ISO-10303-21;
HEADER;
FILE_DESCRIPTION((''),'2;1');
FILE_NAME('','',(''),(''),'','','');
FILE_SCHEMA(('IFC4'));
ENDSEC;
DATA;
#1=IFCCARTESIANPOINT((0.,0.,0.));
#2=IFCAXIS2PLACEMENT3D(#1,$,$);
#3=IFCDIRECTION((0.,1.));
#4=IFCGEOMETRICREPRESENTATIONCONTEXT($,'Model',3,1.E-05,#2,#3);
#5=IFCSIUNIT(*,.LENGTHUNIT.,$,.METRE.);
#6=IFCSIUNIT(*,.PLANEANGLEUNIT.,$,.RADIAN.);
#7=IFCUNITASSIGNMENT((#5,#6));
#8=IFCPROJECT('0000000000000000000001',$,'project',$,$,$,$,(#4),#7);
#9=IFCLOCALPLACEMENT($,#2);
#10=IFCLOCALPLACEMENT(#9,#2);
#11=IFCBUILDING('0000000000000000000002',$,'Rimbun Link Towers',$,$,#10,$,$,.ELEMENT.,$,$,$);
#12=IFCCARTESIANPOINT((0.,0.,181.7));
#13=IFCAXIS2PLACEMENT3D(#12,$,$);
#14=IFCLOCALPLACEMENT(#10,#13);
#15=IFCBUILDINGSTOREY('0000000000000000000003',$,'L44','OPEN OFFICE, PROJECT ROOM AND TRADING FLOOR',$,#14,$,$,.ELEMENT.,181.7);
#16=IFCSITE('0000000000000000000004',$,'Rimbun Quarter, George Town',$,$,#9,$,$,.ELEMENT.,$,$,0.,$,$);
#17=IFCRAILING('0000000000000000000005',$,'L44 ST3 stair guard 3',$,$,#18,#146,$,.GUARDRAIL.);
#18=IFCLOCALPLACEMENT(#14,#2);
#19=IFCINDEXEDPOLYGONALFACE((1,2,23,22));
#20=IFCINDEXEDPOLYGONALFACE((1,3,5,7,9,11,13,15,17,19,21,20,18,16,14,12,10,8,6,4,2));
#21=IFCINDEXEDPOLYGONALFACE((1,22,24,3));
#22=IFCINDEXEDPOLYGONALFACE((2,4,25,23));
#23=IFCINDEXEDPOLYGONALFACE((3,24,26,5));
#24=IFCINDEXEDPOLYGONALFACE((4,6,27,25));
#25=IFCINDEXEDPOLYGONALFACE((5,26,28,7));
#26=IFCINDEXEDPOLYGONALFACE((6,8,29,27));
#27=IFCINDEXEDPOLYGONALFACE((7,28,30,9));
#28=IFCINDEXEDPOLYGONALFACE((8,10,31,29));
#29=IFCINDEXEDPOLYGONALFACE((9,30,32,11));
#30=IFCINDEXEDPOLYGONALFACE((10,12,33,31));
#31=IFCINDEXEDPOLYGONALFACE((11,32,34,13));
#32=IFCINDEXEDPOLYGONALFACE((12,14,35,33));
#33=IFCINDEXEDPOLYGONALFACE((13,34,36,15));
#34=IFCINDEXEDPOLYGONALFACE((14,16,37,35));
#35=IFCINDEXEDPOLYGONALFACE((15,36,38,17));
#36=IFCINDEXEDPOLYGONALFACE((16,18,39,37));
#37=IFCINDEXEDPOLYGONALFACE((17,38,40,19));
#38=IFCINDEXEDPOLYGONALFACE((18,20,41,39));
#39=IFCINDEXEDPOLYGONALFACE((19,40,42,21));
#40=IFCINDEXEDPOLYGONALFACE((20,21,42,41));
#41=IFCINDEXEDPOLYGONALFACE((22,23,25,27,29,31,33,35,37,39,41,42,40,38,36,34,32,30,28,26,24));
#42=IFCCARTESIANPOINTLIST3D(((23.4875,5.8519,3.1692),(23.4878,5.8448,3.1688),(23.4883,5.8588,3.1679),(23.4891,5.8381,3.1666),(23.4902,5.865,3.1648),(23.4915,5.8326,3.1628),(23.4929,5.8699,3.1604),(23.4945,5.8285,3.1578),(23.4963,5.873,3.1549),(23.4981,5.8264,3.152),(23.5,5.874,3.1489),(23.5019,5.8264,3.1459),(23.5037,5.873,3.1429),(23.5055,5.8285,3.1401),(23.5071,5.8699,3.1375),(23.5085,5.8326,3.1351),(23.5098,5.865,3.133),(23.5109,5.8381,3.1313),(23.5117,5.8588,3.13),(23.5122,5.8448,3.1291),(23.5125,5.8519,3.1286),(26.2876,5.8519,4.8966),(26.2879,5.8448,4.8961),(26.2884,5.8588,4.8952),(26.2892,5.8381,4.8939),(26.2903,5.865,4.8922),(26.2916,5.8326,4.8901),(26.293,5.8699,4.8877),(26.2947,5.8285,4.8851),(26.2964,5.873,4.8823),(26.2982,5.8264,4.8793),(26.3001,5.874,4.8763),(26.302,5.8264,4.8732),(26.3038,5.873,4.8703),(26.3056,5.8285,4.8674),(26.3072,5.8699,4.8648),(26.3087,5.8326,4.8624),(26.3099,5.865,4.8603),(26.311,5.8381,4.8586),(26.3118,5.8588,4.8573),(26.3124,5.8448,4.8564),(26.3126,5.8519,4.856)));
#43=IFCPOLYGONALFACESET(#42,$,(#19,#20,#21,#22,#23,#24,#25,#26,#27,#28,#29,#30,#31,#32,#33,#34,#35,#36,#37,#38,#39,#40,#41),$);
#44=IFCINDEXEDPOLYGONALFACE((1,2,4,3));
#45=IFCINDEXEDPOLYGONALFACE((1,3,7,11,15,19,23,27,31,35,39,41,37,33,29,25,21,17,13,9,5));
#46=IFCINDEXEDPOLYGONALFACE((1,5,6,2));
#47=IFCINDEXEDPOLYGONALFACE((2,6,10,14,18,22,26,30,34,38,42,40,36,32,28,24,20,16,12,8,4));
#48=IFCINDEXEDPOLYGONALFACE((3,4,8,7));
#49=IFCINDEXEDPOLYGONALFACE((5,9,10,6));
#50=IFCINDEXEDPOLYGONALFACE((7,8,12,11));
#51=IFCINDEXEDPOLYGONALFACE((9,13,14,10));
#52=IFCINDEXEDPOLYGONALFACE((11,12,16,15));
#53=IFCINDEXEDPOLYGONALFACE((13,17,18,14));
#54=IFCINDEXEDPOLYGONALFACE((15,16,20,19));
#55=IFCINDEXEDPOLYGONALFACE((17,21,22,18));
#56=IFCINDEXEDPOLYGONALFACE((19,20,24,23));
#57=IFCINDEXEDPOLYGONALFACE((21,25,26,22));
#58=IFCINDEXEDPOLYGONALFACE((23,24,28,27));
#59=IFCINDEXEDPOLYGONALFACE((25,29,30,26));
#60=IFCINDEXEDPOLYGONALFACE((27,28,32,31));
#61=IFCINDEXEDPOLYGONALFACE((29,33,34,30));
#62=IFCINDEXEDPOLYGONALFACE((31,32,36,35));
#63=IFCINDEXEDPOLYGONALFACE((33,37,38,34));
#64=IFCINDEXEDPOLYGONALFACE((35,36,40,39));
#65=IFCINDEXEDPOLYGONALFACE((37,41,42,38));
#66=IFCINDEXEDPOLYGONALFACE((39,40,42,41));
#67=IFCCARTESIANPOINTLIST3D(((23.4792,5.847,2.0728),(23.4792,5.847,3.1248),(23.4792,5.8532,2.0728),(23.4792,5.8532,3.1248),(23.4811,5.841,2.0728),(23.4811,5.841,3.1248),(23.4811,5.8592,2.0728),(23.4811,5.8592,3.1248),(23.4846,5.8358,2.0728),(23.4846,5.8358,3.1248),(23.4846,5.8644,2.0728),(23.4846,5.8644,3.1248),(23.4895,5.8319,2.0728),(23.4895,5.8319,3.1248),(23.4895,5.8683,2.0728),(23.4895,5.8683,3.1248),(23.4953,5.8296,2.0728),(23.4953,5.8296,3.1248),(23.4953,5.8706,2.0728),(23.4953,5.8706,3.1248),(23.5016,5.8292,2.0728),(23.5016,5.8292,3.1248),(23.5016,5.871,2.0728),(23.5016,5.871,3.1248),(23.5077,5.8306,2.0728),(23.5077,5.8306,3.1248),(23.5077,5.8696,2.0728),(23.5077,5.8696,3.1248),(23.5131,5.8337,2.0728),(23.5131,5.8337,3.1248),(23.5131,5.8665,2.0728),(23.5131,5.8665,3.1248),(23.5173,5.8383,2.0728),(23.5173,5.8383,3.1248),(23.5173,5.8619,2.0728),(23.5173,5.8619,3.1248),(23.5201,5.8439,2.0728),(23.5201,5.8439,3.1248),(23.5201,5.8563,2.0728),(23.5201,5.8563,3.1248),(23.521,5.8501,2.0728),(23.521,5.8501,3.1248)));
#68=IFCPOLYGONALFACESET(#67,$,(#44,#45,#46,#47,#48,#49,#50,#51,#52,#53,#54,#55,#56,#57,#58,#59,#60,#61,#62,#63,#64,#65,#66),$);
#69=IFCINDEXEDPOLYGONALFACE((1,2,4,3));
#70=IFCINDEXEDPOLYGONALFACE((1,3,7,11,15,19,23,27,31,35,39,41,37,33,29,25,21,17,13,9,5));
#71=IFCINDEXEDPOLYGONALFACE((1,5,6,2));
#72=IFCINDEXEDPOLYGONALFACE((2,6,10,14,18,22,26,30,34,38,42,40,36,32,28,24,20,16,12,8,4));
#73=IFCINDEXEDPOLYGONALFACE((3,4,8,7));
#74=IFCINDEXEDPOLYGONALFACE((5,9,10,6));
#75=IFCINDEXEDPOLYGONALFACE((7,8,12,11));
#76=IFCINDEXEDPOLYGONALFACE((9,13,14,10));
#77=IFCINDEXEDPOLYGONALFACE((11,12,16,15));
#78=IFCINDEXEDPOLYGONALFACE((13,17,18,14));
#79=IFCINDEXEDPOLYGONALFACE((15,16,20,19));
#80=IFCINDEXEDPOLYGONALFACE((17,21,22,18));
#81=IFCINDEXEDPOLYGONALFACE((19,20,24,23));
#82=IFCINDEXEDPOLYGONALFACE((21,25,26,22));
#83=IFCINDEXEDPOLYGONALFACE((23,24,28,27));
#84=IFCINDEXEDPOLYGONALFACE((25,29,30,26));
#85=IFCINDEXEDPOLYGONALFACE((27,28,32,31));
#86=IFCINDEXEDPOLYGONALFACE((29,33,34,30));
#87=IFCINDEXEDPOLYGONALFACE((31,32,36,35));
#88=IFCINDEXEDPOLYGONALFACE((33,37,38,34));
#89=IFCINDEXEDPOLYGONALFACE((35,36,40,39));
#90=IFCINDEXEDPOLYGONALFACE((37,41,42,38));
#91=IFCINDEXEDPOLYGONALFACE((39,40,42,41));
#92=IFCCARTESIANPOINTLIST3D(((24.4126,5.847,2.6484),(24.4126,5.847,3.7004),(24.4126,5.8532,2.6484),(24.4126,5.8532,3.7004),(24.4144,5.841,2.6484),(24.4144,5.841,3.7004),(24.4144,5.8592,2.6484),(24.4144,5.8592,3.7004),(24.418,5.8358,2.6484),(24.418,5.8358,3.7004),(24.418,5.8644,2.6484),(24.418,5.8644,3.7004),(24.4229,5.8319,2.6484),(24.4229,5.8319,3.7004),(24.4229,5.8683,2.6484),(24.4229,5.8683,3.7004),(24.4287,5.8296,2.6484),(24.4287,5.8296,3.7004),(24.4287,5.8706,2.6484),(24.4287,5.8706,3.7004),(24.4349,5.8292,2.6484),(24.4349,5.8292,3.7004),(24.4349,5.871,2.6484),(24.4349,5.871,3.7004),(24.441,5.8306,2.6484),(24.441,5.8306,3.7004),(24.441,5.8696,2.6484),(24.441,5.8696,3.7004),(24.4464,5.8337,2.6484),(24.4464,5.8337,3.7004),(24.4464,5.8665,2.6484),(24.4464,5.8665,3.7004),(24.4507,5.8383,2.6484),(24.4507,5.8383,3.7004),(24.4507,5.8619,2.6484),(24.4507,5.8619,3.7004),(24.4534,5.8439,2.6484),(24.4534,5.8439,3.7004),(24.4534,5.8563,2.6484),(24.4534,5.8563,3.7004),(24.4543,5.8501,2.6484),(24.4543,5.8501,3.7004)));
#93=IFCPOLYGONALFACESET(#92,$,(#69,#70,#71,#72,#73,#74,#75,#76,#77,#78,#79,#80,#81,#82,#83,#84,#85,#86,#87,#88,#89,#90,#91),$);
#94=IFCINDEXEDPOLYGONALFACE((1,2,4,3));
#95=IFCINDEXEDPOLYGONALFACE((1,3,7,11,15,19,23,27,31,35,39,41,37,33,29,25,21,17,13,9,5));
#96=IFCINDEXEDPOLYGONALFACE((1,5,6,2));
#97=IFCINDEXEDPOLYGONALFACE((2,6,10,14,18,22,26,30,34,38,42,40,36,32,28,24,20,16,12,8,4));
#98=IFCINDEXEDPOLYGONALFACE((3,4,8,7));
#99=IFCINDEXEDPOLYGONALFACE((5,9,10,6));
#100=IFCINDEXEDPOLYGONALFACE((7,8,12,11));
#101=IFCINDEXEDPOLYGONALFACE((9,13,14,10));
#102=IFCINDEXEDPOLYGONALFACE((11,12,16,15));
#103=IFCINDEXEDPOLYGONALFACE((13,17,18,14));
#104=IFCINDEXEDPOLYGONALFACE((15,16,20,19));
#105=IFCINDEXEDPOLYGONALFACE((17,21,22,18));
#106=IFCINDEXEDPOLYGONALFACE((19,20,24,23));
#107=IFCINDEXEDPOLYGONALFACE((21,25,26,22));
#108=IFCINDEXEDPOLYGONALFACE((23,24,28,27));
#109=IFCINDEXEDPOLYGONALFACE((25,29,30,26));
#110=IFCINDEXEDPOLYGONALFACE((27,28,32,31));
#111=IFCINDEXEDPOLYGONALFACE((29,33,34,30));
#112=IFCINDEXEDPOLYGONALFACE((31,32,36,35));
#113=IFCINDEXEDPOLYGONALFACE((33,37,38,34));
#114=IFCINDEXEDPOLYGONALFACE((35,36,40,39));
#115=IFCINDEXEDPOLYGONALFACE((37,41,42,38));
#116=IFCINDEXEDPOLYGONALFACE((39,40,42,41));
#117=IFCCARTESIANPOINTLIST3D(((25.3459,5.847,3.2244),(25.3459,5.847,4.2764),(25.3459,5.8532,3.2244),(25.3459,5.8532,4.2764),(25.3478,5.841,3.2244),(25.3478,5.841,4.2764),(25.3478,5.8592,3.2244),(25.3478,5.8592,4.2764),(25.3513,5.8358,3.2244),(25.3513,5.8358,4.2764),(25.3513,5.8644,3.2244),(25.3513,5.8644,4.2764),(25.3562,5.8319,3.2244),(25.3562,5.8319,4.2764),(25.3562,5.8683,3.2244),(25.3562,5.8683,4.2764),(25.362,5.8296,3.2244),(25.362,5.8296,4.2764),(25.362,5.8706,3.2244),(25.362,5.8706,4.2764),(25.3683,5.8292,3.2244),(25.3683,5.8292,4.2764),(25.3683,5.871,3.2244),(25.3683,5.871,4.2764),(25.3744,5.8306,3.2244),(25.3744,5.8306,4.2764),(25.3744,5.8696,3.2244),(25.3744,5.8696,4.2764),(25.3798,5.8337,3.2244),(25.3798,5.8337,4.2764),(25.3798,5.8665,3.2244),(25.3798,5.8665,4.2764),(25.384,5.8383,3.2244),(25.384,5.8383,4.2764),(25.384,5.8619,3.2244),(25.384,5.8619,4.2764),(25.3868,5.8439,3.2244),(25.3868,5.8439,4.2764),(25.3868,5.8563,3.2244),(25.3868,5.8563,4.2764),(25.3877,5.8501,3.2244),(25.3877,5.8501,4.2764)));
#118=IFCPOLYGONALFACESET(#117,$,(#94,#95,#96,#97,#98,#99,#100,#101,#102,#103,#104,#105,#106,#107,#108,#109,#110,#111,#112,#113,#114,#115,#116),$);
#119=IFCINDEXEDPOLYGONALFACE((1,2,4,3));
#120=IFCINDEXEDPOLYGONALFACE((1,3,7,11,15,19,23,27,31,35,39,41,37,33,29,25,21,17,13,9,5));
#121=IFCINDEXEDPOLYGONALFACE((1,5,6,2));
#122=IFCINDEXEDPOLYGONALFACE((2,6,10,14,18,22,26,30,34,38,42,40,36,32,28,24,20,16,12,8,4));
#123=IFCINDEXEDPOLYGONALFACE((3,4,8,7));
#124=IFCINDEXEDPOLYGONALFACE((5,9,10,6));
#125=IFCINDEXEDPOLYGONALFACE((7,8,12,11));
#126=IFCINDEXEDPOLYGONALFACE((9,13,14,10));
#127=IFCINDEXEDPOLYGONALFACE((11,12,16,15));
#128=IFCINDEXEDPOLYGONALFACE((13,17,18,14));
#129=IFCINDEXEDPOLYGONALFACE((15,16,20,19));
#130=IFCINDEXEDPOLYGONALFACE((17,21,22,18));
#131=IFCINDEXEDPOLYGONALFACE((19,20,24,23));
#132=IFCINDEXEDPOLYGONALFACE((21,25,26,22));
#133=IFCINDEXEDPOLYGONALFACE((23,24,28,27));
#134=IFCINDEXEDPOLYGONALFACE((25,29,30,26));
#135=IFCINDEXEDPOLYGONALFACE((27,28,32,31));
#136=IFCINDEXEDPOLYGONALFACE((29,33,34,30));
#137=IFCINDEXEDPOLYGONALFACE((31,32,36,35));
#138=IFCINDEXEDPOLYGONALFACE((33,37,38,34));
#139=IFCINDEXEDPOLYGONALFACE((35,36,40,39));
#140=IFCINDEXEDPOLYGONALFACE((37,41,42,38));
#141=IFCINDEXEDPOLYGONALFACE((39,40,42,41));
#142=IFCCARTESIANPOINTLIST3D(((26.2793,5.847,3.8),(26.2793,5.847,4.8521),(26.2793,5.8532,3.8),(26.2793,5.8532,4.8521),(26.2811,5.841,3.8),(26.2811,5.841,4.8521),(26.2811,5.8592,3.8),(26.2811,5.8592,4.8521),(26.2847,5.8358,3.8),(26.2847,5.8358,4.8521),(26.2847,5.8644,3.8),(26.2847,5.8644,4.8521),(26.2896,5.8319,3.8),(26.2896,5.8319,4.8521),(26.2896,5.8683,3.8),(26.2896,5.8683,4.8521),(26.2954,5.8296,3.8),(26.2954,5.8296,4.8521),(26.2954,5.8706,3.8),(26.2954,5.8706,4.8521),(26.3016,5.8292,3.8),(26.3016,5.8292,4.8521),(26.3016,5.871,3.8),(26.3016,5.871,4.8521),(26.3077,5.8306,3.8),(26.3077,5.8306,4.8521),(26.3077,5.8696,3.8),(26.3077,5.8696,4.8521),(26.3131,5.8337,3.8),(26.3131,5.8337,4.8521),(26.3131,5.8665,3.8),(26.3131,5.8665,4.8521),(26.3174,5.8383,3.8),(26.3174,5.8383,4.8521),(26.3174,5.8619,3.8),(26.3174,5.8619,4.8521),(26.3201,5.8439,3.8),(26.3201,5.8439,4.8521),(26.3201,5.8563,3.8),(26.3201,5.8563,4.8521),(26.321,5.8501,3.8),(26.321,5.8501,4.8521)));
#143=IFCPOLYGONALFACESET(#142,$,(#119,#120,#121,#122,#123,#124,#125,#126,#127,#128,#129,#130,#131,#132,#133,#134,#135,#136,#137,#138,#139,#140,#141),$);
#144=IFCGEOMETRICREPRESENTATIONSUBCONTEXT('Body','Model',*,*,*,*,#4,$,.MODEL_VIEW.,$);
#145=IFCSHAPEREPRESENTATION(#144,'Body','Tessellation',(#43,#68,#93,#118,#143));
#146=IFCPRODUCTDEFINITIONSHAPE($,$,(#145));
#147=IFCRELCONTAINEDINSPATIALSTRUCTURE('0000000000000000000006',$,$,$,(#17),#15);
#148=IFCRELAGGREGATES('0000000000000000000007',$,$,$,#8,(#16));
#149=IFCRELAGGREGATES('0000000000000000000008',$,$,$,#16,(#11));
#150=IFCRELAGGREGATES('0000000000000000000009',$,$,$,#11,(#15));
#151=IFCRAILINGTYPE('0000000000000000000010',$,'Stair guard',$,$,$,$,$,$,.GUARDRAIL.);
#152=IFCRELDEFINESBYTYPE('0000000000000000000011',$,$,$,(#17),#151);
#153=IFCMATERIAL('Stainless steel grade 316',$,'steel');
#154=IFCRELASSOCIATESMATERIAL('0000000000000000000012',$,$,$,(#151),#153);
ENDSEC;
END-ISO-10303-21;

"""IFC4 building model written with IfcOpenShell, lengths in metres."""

from ifc_helpers import new_model, si_unit, direction, frame, origin, origin_2d, place, context, subcontext, project, spatial, circle, extrude, material, type_object, element, save


model = new_model("IFC4")

# Units and contexts
model_context = context("Model", 3, precision=1e-05, world=origin(), true_north=direction((0.0, 1.0)))
body_context = subcontext(model_context, "Body", "Model", "MODEL_VIEW")
ifc_project = project(units=[si_unit("LENGTHUNIT", "METRE"), si_unit("PLANEANGLEUNIT", "RADIAN")], contexts=[model_context])

# Site, building, storey
site_placement = place(None, origin())
site = spatial("IfcSite", under=ifc_project, at=site_placement, Name="Rimbun Quarter, George Town", CompositionType="ELEMENT", RefElevation=0.0)
building_placement = place(site_placement, origin())
building = spatial("IfcBuilding", under=site, at=building_placement, Name="Rimbun Link Towers", CompositionType="ELEMENT")
storey_placement = place(building_placement, frame((0.0, 0.0, 181.7)))
storey = spatial("IfcBuildingStorey", under=building, at=storey_placement, Name="L44", Description="OPEN OFFICE, PROJECT ROOM AND TRADING FLOOR", CompositionType="ELEMENT", Elevation=181.7)

# Railing
ifc_material_1 = material(Name="Stainless steel grade 316", Category="steel")
railing_type_1 = type_object("IfcRailingType", Name="Stair guard", PredefinedType="GUARDRAIL", material=ifc_material_1)
railing_1_placement = place(storey_placement, frame((23.5, 5.8501, 2.0728)))
element("IfcRailing", 1, at=railing_1_placement, inside=storey, type_object=railing_type_1, Name="L44 ST3 stair guard 3", PredefinedType="GUARDRAIL", context=body_context, shape_type="SweptSolid", body=[
    extrude(circle(Radius=0.0239, at=origin_2d()), frame((0.0, 0.0, 1.0762), z_axis=(0.85109, 0.0, 0.52502), x_axis=(0.0, 1.0, 0.0)), (0.0, 0.0, 1.0), 3.29),
    extrude(circle(Radius=0.021, at=origin_2d()), origin(), (0.0, 0.0, 1.0), 1.052),
    extrude(circle(Radius=0.021, at=origin_2d()), frame((0.9333, 0.0, 0.5757)), (0.0, 0.0, 1.0), 1.052),
    extrude(circle(Radius=0.021, at=origin_2d()), frame((1.8667, 0.0, 1.1516)), (0.0, 0.0, 1.0), 1.052),
    extrude(circle(Radius=0.021, at=origin_2d()), frame((2.8, 0.0, 1.7273)), (0.0, 0.0, 1.0), 1.052),
])

save(model, "model.ifc")
